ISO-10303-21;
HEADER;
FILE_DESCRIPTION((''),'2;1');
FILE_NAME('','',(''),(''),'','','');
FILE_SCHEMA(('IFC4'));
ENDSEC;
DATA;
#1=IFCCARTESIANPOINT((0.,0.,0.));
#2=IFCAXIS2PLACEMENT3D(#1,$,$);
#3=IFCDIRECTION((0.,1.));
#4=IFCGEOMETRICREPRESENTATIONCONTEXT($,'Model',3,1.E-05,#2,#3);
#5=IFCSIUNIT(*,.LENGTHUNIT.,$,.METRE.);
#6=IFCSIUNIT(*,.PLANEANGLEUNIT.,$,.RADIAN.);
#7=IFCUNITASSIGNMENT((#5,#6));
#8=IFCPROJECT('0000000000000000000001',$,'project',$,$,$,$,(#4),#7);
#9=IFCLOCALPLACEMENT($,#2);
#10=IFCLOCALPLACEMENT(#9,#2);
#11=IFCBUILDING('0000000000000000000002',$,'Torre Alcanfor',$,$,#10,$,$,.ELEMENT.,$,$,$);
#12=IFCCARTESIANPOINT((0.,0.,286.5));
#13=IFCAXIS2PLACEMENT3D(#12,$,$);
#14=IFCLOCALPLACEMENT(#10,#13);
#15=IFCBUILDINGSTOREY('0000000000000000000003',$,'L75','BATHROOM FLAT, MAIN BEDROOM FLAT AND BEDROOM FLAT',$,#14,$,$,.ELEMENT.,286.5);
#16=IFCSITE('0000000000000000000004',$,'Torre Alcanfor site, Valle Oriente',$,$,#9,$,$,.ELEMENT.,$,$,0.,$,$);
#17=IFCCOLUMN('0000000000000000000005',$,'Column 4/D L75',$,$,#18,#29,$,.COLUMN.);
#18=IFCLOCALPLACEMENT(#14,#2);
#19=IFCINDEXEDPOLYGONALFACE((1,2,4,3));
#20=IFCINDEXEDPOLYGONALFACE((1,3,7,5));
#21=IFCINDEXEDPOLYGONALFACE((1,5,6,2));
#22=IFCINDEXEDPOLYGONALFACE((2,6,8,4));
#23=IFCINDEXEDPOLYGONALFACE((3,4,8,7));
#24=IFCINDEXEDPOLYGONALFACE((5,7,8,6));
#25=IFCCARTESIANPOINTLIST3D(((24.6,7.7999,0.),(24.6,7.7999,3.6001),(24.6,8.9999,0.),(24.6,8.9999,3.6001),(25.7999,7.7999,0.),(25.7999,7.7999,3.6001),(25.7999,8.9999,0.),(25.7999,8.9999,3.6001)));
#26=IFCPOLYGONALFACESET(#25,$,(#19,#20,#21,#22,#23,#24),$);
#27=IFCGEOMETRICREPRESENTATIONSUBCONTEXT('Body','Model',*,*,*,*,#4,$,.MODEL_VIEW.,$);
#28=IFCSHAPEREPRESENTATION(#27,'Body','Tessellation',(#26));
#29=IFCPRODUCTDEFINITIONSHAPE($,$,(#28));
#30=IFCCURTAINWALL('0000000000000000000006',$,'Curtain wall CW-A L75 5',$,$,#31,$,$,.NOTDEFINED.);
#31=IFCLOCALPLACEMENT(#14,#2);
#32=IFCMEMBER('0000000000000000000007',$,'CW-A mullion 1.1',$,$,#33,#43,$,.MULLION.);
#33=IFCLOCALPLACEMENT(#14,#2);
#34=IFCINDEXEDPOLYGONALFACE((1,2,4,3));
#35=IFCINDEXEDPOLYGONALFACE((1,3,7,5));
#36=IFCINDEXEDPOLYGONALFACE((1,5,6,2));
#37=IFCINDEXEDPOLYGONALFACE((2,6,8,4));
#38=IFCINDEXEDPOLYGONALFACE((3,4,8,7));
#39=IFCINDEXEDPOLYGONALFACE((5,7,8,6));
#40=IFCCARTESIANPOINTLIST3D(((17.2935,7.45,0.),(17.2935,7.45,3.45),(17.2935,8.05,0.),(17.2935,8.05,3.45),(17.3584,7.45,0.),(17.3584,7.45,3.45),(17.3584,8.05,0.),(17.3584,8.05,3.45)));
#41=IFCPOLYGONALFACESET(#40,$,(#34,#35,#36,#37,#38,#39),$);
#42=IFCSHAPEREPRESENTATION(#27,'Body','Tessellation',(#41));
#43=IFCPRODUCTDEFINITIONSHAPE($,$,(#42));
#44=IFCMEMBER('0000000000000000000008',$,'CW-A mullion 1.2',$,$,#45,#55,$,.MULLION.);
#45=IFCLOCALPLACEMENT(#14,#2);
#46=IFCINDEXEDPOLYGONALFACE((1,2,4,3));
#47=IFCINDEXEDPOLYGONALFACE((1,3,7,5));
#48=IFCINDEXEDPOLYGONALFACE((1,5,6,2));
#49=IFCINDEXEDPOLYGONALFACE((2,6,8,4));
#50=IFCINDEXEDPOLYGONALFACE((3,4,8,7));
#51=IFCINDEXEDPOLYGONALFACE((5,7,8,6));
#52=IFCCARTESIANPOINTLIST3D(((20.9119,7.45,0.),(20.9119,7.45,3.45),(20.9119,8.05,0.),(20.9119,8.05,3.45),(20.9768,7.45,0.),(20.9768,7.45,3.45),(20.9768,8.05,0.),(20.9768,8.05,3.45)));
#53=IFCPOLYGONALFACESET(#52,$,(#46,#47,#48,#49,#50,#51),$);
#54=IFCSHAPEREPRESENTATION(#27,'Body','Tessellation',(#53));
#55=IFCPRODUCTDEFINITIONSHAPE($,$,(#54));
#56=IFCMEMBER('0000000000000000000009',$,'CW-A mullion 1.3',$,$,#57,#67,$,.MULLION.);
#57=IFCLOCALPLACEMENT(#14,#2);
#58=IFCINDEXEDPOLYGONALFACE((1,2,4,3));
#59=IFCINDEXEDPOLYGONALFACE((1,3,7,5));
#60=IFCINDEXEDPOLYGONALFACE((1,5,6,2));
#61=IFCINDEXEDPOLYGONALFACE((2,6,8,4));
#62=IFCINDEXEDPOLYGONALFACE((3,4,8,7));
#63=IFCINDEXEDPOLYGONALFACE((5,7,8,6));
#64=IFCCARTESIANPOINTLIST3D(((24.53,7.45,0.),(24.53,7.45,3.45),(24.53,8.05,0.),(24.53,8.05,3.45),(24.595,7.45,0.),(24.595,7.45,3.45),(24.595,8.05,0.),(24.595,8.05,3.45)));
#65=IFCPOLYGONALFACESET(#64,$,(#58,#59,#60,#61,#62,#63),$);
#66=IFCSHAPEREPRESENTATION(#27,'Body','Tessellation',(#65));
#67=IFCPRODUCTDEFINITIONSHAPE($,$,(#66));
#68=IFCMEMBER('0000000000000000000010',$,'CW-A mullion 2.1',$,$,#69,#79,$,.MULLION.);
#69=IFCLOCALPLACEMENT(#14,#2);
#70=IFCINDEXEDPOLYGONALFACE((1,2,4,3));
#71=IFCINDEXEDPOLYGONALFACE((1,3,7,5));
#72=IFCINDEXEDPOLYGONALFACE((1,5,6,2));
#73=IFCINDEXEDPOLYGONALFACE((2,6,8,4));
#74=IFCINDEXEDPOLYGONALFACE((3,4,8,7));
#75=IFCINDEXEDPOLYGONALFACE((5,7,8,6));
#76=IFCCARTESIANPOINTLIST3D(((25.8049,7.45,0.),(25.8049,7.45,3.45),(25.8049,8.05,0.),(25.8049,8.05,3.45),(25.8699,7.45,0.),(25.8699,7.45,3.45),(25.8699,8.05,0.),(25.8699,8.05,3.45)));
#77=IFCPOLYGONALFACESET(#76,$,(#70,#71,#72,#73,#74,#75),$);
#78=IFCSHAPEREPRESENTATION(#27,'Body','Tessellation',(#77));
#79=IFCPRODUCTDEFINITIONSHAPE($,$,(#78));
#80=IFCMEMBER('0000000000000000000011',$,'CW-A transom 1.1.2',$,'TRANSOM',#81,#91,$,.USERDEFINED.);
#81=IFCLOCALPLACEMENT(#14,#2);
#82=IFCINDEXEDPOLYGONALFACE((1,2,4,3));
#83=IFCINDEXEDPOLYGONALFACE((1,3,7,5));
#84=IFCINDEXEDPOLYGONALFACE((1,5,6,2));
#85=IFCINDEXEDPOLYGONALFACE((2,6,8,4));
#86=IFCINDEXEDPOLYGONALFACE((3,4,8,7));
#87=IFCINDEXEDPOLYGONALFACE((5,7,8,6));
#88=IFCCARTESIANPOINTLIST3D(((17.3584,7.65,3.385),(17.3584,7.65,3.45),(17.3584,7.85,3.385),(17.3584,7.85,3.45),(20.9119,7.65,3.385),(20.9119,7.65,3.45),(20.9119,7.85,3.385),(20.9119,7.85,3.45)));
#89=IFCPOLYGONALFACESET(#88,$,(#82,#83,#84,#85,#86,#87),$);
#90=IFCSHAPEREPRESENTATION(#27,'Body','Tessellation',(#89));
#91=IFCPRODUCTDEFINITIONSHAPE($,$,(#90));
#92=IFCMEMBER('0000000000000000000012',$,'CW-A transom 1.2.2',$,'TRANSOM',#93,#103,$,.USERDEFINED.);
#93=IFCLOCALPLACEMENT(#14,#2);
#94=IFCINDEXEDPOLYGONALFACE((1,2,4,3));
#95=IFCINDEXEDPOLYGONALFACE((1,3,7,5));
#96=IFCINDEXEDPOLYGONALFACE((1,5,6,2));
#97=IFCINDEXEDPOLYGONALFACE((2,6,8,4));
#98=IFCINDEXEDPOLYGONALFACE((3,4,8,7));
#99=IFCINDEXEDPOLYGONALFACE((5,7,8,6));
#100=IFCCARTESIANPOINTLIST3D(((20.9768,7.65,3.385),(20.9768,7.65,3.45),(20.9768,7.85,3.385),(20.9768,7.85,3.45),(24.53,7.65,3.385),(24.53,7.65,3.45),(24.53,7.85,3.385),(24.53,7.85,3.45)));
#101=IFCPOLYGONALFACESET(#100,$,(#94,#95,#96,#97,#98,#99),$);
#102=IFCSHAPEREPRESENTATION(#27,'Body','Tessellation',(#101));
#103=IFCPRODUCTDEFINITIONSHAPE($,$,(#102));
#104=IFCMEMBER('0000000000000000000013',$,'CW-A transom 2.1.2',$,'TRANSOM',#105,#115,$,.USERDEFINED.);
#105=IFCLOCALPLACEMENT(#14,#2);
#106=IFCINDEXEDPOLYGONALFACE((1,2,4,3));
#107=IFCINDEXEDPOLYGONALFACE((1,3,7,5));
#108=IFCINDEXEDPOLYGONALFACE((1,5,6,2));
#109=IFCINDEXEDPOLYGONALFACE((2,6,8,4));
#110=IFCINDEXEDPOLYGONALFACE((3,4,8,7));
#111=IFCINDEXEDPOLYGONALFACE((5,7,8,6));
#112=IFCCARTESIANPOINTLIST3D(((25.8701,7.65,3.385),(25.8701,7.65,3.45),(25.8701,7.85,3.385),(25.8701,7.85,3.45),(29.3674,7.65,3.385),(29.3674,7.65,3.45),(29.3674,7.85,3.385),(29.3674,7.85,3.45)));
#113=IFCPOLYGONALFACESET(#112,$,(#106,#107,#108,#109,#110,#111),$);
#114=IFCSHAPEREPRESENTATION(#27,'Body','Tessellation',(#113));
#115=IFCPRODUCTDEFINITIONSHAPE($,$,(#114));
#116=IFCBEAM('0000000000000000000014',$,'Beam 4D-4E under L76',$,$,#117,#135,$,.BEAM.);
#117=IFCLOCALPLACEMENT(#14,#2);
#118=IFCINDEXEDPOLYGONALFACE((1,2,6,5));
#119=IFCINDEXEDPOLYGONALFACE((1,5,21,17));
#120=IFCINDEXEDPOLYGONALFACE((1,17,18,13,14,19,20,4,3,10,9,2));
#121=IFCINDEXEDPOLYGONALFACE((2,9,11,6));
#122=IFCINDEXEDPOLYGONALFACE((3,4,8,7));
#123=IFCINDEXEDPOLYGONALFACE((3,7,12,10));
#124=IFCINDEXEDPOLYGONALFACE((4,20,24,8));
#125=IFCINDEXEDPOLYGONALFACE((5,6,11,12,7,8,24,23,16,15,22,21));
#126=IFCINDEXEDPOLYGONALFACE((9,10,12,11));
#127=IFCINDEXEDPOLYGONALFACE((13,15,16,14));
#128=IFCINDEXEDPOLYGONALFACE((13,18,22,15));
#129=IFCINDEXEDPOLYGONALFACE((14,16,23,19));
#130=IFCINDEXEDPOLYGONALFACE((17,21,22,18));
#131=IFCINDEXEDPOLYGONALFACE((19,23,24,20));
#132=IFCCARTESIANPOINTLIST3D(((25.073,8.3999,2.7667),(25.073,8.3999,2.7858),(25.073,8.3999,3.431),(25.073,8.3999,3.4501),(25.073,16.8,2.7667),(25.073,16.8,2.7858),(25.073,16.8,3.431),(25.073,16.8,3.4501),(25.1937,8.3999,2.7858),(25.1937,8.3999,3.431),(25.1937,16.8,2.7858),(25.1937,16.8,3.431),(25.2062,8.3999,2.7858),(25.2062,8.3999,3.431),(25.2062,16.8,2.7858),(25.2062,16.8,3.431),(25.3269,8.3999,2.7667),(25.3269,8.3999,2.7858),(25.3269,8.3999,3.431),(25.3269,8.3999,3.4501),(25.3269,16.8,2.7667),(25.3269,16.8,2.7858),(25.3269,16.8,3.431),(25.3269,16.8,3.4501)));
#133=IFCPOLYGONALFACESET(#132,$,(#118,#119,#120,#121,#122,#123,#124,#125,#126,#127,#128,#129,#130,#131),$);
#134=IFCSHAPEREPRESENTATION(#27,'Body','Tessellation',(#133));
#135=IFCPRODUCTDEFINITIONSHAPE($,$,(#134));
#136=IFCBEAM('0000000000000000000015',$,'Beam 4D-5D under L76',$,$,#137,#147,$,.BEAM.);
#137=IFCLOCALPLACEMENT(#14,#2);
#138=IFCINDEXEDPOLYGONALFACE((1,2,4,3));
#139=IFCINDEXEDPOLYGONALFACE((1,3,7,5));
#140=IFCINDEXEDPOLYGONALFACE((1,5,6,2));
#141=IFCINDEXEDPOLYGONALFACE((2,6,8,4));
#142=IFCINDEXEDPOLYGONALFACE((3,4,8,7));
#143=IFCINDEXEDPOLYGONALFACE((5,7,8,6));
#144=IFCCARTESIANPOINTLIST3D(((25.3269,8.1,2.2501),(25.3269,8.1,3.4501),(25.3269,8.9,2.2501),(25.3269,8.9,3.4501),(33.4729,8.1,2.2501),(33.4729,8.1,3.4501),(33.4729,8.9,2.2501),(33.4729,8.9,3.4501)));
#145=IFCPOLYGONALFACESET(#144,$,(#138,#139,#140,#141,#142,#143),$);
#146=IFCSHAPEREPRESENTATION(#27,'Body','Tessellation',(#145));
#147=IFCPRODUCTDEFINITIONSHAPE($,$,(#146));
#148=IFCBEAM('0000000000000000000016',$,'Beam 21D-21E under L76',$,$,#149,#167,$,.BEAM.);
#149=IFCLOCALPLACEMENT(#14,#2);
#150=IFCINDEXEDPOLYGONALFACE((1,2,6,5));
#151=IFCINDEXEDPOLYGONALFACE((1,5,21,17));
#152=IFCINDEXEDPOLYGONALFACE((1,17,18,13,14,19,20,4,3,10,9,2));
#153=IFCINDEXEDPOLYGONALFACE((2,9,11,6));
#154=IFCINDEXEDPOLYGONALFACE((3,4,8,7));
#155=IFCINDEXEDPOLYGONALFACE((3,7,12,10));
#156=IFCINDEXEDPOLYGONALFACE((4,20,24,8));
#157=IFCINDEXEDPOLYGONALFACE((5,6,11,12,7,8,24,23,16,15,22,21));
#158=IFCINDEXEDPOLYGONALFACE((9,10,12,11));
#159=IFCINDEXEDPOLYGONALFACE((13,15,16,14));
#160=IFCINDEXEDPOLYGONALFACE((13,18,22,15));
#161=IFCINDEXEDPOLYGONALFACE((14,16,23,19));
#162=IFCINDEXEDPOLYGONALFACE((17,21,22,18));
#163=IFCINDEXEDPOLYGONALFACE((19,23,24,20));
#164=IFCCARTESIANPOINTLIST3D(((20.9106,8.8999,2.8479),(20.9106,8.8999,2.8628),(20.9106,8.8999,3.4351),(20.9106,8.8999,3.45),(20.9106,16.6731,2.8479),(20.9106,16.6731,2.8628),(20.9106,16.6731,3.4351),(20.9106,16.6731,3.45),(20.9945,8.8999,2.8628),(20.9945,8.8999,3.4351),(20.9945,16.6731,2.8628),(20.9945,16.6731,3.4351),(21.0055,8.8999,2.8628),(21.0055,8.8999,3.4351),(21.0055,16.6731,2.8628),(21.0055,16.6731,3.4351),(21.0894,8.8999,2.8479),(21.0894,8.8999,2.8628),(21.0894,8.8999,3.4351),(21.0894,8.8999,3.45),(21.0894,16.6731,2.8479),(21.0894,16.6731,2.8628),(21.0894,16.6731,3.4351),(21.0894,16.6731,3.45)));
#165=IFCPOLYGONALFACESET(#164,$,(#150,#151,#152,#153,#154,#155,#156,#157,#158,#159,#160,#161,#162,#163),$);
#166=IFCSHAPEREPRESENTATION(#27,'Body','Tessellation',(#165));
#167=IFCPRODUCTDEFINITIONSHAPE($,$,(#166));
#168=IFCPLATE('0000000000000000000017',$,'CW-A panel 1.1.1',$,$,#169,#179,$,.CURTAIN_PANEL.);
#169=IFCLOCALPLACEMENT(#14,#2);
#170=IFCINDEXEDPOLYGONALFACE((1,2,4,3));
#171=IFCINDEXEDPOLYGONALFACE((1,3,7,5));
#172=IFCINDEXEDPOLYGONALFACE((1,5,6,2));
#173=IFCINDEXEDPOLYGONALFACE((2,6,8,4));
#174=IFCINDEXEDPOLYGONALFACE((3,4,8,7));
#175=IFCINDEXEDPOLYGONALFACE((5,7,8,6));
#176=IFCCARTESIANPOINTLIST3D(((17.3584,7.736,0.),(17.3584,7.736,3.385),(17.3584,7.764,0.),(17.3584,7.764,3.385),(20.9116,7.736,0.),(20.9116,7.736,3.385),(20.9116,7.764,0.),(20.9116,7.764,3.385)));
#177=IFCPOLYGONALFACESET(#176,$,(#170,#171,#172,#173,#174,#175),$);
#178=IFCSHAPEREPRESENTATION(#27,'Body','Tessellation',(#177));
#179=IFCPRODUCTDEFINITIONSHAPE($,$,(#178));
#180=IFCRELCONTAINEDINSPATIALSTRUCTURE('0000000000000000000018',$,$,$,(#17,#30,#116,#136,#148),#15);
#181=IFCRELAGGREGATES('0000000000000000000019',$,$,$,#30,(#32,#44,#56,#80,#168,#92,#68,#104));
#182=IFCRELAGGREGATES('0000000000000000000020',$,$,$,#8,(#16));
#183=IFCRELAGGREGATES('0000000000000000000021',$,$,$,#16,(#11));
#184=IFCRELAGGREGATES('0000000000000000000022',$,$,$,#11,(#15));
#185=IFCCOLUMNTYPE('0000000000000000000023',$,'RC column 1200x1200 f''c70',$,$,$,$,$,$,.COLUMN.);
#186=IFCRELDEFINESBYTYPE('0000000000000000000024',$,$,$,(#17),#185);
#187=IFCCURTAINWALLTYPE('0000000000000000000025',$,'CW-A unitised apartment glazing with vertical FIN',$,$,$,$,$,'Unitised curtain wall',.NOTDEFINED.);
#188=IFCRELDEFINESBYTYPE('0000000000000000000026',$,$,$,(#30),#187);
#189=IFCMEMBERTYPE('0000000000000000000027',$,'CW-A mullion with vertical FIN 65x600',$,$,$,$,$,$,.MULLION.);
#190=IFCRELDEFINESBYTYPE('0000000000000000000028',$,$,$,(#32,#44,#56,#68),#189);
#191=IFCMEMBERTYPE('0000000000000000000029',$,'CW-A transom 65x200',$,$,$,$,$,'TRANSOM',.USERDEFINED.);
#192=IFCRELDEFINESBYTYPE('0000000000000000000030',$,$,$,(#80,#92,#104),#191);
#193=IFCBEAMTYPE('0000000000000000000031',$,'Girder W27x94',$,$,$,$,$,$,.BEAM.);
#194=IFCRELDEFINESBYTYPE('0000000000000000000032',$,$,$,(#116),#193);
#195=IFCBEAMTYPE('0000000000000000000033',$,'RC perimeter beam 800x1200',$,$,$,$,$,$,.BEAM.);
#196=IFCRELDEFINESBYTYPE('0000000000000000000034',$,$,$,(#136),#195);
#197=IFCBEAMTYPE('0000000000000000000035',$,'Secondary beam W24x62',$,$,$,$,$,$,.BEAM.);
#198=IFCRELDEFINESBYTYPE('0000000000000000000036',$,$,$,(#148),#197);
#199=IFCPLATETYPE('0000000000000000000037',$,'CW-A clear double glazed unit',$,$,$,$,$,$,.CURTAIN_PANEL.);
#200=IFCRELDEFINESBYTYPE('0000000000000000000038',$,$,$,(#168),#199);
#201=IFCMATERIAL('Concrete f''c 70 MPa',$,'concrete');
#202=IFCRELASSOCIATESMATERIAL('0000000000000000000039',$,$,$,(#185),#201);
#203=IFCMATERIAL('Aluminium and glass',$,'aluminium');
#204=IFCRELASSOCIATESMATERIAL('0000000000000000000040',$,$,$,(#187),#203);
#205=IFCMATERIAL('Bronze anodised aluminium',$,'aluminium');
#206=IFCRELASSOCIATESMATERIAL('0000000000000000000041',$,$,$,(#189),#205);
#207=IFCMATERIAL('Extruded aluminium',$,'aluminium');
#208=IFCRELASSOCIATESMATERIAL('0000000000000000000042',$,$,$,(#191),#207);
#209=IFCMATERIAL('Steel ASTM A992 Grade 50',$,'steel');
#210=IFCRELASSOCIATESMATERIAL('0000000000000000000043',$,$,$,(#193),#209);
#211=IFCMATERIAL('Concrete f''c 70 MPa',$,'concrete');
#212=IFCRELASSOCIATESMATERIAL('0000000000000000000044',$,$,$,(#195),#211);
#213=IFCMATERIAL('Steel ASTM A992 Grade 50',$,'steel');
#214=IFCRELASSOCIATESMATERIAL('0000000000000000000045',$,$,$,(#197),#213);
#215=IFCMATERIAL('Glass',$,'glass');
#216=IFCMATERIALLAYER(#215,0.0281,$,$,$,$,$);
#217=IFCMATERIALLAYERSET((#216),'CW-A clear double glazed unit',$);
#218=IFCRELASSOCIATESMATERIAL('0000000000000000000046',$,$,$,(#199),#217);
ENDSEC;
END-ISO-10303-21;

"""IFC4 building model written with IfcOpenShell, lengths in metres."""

from ifc_helpers import new_model, si_unit, direction, frame, origin, origin_2d, place, context, subcontext, project, spatial, rectangle, i_section, extrude, material, layer, layer_set, material_profile, profile_set, type_object, element, aggregate, save


model = new_model("IFC4")

# Units and contexts
model_context = context("Model", 3, precision=1e-05, world=origin(), true_north=direction((0.0, 1.0)))
body_context = subcontext(model_context, "Body", "Model", "MODEL_VIEW")
ifc_project = project(units=[si_unit("LENGTHUNIT", "METRE"), si_unit("PLANEANGLEUNIT", "RADIAN")], contexts=[model_context])

# Site, building, storey
site_placement = place(None, origin())
site = spatial("IfcSite", under=ifc_project, at=site_placement, Name="Torre Alcanfor site, Valle Oriente", CompositionType="ELEMENT", RefElevation=0.0)
building_placement = place(site_placement, origin())
building = spatial("IfcBuilding", under=site, at=building_placement, Name="Torre Alcanfor", CompositionType="ELEMENT")
storey_placement = place(building_placement, frame((0.0, 0.0, 286.5)))
storey = spatial("IfcBuildingStorey", under=building, at=storey_placement, Name="L75", Description="BATHROOM FLAT, MAIN BEDROOM FLAT AND BEDROOM FLAT", CompositionType="ELEMENT", Elevation=286.5)

# Column
ifc_material_1 = material(Name="Concrete f'c 70 MPa", Category="concrete")
ifc_material_profile_1 = material_profile(ifc_material_1, rectangle(XDim=1.2, YDim=1.2, at=origin_2d()), Name="1200x1200")
ifc_profile_set_1 = profile_set([ifc_material_profile_1], Name="Concrete f'c 70 MPa")
column_type = type_object("IfcColumnType", Name="RC column 1200x1200 f'c70", PredefinedType="COLUMN", material=ifc_profile_set_1)
column_placement = place(storey_placement, frame((25.2, 8.3999, 0.0), z_axis=(0.0, 0.0, 1.0), x_axis=(1.0, 0.0, 0.0)))
element("IfcColumn", 1, at=column_placement, inside=storey, type_object=column_type, Name="Column 4/D L75", PredefinedType="COLUMN", context=body_context, shape_type="SweptSolid", body=[
    extrude(rectangle(XDim=1.2, YDim=1.2, at=origin_2d()), origin(), (0.0, 0.0, 1.0), 3.6001),
])

# Curtain wall, members
ifc_material_2 = material(Name="Aluminium and glass", Category="aluminium")
curtain_wall_type = type_object("IfcCurtainWallType", Name="CW-A unitised apartment glazing with vertical FIN", ElementType="Unitised curtain wall", PredefinedType="NOTDEFINED", material=ifc_material_2)
curtain_wall_placement = place(storey_placement, origin())
curtain_wall = element("IfcCurtainWall", 2, at=curtain_wall_placement, inside=storey, type_object=curtain_wall_type, Name="Curtain wall CW-A L75 5", PredefinedType="NOTDEFINED")
ifc_material_3 = material(Name="Bronze anodised aluminium", Category="aluminium")
ifc_material_profile_2 = material_profile(ifc_material_3, rectangle(XDim=0.6001, YDim=0.0649, at=origin_2d()), Name="CW-A mullion 65x600")
ifc_profile_set_2 = profile_set([ifc_material_profile_2], Name="Bronze anodised aluminium")
member_type_1 = type_object("IfcMemberType", Name="CW-A mullion with vertical FIN 65x600", PredefinedType="MULLION", material=ifc_profile_set_2)
member_1_placement = place(storey_placement, frame((17.3259, 7.75, 0.0), z_axis=(0.0, 0.0, 1.0), x_axis=(0.0, 1.0, 0.0)))
member_1 = element("IfcMember", 3, at=member_1_placement, type_object=member_type_1, Name="CW-A mullion 1.1", PredefinedType="MULLION", context=body_context, shape_type="SweptSolid", body=[
    extrude(rectangle(XDim=0.6001, YDim=0.0649, at=origin_2d()), origin(), (0.0, 0.0, 1.0), 3.45),
])
member_2_placement = place(storey_placement, frame((20.9443, 7.75, 0.0), z_axis=(0.0, 0.0, 1.0), x_axis=(0.0, 1.0, 0.0)))
member_2 = element("IfcMember", 4, at=member_2_placement, type_object=member_type_1, Name="CW-A mullion 1.2", PredefinedType="MULLION", context=body_context, shape_type="SweptSolid", body=[
    extrude(rectangle(XDim=0.6001, YDim=0.0649, at=origin_2d()), origin(), (0.0, 0.0, 1.0), 3.45),
])
member_3_placement = place(storey_placement, frame((24.5625, 7.75, 0.0), z_axis=(0.0, 0.0, 1.0), x_axis=(0.0, 1.0, 0.0)))
member_3 = element("IfcMember", 5, at=member_3_placement, type_object=member_type_1, Name="CW-A mullion 1.3", PredefinedType="MULLION", context=body_context, shape_type="SweptSolid", body=[
    extrude(rectangle(XDim=0.6001, YDim=0.0649, at=origin_2d()), origin(), (0.0, 0.0, 1.0), 3.45),
])
member_4_placement = place(storey_placement, frame((25.8374, 7.75, 0.0), z_axis=(0.0, 0.0, 1.0), x_axis=(0.0, 1.0, 0.0)))
member_4 = element("IfcMember", 6, at=member_4_placement, type_object=member_type_1, Name="CW-A mullion 2.1", PredefinedType="MULLION", context=body_context, shape_type="SweptSolid", body=[
    extrude(rectangle(XDim=0.6001, YDim=0.0649, at=origin_2d()), origin(), (0.0, 0.0, 1.0), 3.45),
])
ifc_material_4 = material(Name="Extruded aluminium", Category="aluminium")
ifc_material_profile_3 = material_profile(ifc_material_4, rectangle(XDim=0.2, YDim=0.0649, at=origin_2d()), Name="CW-A transom 200x65")
ifc_profile_set_3 = profile_set([ifc_material_profile_3], Name="Extruded aluminium")
member_type_2 = type_object("IfcMemberType", Name="CW-A transom 65x200", ElementType="TRANSOM", PredefinedType="USERDEFINED", material=ifc_profile_set_3)
member_5_placement = place(storey_placement, frame((17.3584, 7.75, 3.4175), z_axis=(1.0, 0.0, 0.0), x_axis=(0.0, 1.0, 0.0)))
member_5 = element("IfcMember", 7, at=member_5_placement, type_object=member_type_2, Name="CW-A transom 1.1.2", ObjectType="TRANSOM", PredefinedType="USERDEFINED", context=body_context, shape_type="SweptSolid", body=[
    extrude(rectangle(XDim=0.2, YDim=0.0649, at=origin_2d()), origin(), (0.0, 0.0, 1.0), 3.5535),
])
member_6_placement = place(storey_placement, frame((20.9768, 7.75, 3.4175), z_axis=(1.0, 0.0, 0.0), x_axis=(0.0, 1.0, 0.0)))
member_6 = element("IfcMember", 8, at=member_6_placement, type_object=member_type_2, Name="CW-A transom 1.2.2", ObjectType="TRANSOM", PredefinedType="USERDEFINED", context=body_context, shape_type="SweptSolid", body=[
    extrude(rectangle(XDim=0.2, YDim=0.0649, at=origin_2d()), origin(), (0.0, 0.0, 1.0), 3.5532),
])
member_7_placement = place(storey_placement, frame((25.8701, 7.75, 3.4175), z_axis=(1.0, 0.0, 0.0), x_axis=(0.0, 1.0, 0.0)))
member_7 = element("IfcMember", 9, at=member_7_placement, type_object=member_type_2, Name="CW-A transom 2.1.2", ObjectType="TRANSOM", PredefinedType="USERDEFINED", context=body_context, shape_type="SweptSolid", body=[
    extrude(rectangle(XDim=0.2, YDim=0.0649, at=origin_2d()), origin(), (0.0, 0.0, 1.0), 3.4973),
])

# Beams
ifc_material_5 = material(Name="Steel ASTM A992 Grade 50", Category="steel")
ifc_material_profile_4 = material_profile(ifc_material_5, i_section(OverallWidth=0.2539, OverallDepth=0.6833, WebThickness=0.0125, FlangeThickness=0.019, at=origin_2d()), Name="W27x94")
ifc_profile_set_4 = profile_set([ifc_material_profile_4], Name="Steel ASTM A992 Grade 50")
beam_type_1 = type_object("IfcBeamType", Name="Girder W27x94", PredefinedType="BEAM", material=ifc_profile_set_4)
beam_1_placement = place(storey_placement, frame((25.2, 8.3999, 3.1084), z_axis=(0.0, 1.0, 0.0), x_axis=(-1.0, 0.0, 0.0)))
element("IfcBeam", 10, at=beam_1_placement, inside=storey, type_object=beam_type_1, Name="Beam 4D-4E under L76", PredefinedType="BEAM", context=body_context, shape_type="SweptSolid", body=[
    extrude(i_section(OverallWidth=0.2539, OverallDepth=0.6833, WebThickness=0.0125, FlangeThickness=0.019, at=origin_2d()), origin(), (0.0, 0.0, 1.0), 8.4001),
])
ifc_material_6 = material(Name="Concrete f'c 70 MPa", Category="concrete")
ifc_material_profile_5 = material_profile(ifc_material_6, rectangle(XDim=0.8, YDim=1.2, at=origin_2d()), Name="800x1200")
ifc_profile_set_5 = profile_set([ifc_material_profile_5], Name="Concrete f'c 70 MPa")
beam_type_2 = type_object("IfcBeamType", Name="RC perimeter beam 800x1200", PredefinedType="BEAM", material=ifc_profile_set_5)
beam_2_placement = place(storey_placement, frame((25.3269, 8.5, 2.8501), z_axis=(1.0, 0.0, 0.0), x_axis=(0.0, 1.0, 0.0)))
element("IfcBeam", 11, at=beam_2_placement, inside=storey, type_object=beam_type_2, Name="Beam 4D-5D under L76", PredefinedType="BEAM", context=body_context, shape_type="SweptSolid", body=[
    extrude(rectangle(XDim=0.8, YDim=1.2, at=origin_2d()), origin(), (0.0, 0.0, 1.0), 8.146),
])
ifc_material_7 = material(Name="Steel ASTM A992 Grade 50", Category="steel")
ifc_material_profile_6 = material_profile(ifc_material_7, i_section(OverallWidth=0.1787, OverallDepth=0.6021, WebThickness=0.011, FlangeThickness=0.0149, at=origin_2d()), Name="W24x62")
ifc_profile_set_6 = profile_set([ifc_material_profile_6], Name="Steel ASTM A992 Grade 50")
beam_type_3 = type_object("IfcBeamType", Name="Secondary beam W24x62", PredefinedType="BEAM", material=ifc_profile_set_6)
beam_3_placement = place(storey_placement, frame((21.0, 8.8999, 3.1489), z_axis=(0.0, 1.0, 0.0), x_axis=(-1.0, 0.0, 0.0)))
element("IfcBeam", 12, at=beam_3_placement, inside=storey, type_object=beam_type_3, Name="Beam 21D-21E under L76", PredefinedType="BEAM", context=body_context, shape_type="SweptSolid", body=[
    extrude(i_section(OverallWidth=0.1787, OverallDepth=0.6021, WebThickness=0.011, FlangeThickness=0.0149, at=origin_2d()), origin(), (0.0, 0.0, 1.0), 7.7732),
])

# Plate
ifc_material_8 = material(Name="Glass", Category="glass")
ifc_layer_1 = layer(ifc_material_8, 0.0281)
ifc_layer_set_1 = layer_set([ifc_layer_1], Name="CW-A clear double glazed unit")
plate_type = type_object("IfcPlateType", Name="CW-A clear double glazed unit", PredefinedType="CURTAIN_PANEL", material=ifc_layer_set_1)
plate_1_placement = place(storey_placement, frame((19.135, 7.75, 0.0), z_axis=(0.0, 0.0, 1.0), x_axis=(1.0, 0.0, 0.0)))
plate_1 = element("IfcPlate", 13, at=plate_1_placement, type_object=plate_type, Name="CW-A panel 1.1.1", PredefinedType="CURTAIN_PANEL", context=body_context, shape_type="SweptSolid", body=[
    extrude(rectangle(XDim=3.5532, YDim=0.0281, at=origin_2d()), origin(), (0.0, 0.0, 1.0), 3.385),
])
aggregate(curtain_wall, [member_1, member_2, member_3, member_5, plate_1, member_6, member_4, member_7])

save(model, "model.ifc")
